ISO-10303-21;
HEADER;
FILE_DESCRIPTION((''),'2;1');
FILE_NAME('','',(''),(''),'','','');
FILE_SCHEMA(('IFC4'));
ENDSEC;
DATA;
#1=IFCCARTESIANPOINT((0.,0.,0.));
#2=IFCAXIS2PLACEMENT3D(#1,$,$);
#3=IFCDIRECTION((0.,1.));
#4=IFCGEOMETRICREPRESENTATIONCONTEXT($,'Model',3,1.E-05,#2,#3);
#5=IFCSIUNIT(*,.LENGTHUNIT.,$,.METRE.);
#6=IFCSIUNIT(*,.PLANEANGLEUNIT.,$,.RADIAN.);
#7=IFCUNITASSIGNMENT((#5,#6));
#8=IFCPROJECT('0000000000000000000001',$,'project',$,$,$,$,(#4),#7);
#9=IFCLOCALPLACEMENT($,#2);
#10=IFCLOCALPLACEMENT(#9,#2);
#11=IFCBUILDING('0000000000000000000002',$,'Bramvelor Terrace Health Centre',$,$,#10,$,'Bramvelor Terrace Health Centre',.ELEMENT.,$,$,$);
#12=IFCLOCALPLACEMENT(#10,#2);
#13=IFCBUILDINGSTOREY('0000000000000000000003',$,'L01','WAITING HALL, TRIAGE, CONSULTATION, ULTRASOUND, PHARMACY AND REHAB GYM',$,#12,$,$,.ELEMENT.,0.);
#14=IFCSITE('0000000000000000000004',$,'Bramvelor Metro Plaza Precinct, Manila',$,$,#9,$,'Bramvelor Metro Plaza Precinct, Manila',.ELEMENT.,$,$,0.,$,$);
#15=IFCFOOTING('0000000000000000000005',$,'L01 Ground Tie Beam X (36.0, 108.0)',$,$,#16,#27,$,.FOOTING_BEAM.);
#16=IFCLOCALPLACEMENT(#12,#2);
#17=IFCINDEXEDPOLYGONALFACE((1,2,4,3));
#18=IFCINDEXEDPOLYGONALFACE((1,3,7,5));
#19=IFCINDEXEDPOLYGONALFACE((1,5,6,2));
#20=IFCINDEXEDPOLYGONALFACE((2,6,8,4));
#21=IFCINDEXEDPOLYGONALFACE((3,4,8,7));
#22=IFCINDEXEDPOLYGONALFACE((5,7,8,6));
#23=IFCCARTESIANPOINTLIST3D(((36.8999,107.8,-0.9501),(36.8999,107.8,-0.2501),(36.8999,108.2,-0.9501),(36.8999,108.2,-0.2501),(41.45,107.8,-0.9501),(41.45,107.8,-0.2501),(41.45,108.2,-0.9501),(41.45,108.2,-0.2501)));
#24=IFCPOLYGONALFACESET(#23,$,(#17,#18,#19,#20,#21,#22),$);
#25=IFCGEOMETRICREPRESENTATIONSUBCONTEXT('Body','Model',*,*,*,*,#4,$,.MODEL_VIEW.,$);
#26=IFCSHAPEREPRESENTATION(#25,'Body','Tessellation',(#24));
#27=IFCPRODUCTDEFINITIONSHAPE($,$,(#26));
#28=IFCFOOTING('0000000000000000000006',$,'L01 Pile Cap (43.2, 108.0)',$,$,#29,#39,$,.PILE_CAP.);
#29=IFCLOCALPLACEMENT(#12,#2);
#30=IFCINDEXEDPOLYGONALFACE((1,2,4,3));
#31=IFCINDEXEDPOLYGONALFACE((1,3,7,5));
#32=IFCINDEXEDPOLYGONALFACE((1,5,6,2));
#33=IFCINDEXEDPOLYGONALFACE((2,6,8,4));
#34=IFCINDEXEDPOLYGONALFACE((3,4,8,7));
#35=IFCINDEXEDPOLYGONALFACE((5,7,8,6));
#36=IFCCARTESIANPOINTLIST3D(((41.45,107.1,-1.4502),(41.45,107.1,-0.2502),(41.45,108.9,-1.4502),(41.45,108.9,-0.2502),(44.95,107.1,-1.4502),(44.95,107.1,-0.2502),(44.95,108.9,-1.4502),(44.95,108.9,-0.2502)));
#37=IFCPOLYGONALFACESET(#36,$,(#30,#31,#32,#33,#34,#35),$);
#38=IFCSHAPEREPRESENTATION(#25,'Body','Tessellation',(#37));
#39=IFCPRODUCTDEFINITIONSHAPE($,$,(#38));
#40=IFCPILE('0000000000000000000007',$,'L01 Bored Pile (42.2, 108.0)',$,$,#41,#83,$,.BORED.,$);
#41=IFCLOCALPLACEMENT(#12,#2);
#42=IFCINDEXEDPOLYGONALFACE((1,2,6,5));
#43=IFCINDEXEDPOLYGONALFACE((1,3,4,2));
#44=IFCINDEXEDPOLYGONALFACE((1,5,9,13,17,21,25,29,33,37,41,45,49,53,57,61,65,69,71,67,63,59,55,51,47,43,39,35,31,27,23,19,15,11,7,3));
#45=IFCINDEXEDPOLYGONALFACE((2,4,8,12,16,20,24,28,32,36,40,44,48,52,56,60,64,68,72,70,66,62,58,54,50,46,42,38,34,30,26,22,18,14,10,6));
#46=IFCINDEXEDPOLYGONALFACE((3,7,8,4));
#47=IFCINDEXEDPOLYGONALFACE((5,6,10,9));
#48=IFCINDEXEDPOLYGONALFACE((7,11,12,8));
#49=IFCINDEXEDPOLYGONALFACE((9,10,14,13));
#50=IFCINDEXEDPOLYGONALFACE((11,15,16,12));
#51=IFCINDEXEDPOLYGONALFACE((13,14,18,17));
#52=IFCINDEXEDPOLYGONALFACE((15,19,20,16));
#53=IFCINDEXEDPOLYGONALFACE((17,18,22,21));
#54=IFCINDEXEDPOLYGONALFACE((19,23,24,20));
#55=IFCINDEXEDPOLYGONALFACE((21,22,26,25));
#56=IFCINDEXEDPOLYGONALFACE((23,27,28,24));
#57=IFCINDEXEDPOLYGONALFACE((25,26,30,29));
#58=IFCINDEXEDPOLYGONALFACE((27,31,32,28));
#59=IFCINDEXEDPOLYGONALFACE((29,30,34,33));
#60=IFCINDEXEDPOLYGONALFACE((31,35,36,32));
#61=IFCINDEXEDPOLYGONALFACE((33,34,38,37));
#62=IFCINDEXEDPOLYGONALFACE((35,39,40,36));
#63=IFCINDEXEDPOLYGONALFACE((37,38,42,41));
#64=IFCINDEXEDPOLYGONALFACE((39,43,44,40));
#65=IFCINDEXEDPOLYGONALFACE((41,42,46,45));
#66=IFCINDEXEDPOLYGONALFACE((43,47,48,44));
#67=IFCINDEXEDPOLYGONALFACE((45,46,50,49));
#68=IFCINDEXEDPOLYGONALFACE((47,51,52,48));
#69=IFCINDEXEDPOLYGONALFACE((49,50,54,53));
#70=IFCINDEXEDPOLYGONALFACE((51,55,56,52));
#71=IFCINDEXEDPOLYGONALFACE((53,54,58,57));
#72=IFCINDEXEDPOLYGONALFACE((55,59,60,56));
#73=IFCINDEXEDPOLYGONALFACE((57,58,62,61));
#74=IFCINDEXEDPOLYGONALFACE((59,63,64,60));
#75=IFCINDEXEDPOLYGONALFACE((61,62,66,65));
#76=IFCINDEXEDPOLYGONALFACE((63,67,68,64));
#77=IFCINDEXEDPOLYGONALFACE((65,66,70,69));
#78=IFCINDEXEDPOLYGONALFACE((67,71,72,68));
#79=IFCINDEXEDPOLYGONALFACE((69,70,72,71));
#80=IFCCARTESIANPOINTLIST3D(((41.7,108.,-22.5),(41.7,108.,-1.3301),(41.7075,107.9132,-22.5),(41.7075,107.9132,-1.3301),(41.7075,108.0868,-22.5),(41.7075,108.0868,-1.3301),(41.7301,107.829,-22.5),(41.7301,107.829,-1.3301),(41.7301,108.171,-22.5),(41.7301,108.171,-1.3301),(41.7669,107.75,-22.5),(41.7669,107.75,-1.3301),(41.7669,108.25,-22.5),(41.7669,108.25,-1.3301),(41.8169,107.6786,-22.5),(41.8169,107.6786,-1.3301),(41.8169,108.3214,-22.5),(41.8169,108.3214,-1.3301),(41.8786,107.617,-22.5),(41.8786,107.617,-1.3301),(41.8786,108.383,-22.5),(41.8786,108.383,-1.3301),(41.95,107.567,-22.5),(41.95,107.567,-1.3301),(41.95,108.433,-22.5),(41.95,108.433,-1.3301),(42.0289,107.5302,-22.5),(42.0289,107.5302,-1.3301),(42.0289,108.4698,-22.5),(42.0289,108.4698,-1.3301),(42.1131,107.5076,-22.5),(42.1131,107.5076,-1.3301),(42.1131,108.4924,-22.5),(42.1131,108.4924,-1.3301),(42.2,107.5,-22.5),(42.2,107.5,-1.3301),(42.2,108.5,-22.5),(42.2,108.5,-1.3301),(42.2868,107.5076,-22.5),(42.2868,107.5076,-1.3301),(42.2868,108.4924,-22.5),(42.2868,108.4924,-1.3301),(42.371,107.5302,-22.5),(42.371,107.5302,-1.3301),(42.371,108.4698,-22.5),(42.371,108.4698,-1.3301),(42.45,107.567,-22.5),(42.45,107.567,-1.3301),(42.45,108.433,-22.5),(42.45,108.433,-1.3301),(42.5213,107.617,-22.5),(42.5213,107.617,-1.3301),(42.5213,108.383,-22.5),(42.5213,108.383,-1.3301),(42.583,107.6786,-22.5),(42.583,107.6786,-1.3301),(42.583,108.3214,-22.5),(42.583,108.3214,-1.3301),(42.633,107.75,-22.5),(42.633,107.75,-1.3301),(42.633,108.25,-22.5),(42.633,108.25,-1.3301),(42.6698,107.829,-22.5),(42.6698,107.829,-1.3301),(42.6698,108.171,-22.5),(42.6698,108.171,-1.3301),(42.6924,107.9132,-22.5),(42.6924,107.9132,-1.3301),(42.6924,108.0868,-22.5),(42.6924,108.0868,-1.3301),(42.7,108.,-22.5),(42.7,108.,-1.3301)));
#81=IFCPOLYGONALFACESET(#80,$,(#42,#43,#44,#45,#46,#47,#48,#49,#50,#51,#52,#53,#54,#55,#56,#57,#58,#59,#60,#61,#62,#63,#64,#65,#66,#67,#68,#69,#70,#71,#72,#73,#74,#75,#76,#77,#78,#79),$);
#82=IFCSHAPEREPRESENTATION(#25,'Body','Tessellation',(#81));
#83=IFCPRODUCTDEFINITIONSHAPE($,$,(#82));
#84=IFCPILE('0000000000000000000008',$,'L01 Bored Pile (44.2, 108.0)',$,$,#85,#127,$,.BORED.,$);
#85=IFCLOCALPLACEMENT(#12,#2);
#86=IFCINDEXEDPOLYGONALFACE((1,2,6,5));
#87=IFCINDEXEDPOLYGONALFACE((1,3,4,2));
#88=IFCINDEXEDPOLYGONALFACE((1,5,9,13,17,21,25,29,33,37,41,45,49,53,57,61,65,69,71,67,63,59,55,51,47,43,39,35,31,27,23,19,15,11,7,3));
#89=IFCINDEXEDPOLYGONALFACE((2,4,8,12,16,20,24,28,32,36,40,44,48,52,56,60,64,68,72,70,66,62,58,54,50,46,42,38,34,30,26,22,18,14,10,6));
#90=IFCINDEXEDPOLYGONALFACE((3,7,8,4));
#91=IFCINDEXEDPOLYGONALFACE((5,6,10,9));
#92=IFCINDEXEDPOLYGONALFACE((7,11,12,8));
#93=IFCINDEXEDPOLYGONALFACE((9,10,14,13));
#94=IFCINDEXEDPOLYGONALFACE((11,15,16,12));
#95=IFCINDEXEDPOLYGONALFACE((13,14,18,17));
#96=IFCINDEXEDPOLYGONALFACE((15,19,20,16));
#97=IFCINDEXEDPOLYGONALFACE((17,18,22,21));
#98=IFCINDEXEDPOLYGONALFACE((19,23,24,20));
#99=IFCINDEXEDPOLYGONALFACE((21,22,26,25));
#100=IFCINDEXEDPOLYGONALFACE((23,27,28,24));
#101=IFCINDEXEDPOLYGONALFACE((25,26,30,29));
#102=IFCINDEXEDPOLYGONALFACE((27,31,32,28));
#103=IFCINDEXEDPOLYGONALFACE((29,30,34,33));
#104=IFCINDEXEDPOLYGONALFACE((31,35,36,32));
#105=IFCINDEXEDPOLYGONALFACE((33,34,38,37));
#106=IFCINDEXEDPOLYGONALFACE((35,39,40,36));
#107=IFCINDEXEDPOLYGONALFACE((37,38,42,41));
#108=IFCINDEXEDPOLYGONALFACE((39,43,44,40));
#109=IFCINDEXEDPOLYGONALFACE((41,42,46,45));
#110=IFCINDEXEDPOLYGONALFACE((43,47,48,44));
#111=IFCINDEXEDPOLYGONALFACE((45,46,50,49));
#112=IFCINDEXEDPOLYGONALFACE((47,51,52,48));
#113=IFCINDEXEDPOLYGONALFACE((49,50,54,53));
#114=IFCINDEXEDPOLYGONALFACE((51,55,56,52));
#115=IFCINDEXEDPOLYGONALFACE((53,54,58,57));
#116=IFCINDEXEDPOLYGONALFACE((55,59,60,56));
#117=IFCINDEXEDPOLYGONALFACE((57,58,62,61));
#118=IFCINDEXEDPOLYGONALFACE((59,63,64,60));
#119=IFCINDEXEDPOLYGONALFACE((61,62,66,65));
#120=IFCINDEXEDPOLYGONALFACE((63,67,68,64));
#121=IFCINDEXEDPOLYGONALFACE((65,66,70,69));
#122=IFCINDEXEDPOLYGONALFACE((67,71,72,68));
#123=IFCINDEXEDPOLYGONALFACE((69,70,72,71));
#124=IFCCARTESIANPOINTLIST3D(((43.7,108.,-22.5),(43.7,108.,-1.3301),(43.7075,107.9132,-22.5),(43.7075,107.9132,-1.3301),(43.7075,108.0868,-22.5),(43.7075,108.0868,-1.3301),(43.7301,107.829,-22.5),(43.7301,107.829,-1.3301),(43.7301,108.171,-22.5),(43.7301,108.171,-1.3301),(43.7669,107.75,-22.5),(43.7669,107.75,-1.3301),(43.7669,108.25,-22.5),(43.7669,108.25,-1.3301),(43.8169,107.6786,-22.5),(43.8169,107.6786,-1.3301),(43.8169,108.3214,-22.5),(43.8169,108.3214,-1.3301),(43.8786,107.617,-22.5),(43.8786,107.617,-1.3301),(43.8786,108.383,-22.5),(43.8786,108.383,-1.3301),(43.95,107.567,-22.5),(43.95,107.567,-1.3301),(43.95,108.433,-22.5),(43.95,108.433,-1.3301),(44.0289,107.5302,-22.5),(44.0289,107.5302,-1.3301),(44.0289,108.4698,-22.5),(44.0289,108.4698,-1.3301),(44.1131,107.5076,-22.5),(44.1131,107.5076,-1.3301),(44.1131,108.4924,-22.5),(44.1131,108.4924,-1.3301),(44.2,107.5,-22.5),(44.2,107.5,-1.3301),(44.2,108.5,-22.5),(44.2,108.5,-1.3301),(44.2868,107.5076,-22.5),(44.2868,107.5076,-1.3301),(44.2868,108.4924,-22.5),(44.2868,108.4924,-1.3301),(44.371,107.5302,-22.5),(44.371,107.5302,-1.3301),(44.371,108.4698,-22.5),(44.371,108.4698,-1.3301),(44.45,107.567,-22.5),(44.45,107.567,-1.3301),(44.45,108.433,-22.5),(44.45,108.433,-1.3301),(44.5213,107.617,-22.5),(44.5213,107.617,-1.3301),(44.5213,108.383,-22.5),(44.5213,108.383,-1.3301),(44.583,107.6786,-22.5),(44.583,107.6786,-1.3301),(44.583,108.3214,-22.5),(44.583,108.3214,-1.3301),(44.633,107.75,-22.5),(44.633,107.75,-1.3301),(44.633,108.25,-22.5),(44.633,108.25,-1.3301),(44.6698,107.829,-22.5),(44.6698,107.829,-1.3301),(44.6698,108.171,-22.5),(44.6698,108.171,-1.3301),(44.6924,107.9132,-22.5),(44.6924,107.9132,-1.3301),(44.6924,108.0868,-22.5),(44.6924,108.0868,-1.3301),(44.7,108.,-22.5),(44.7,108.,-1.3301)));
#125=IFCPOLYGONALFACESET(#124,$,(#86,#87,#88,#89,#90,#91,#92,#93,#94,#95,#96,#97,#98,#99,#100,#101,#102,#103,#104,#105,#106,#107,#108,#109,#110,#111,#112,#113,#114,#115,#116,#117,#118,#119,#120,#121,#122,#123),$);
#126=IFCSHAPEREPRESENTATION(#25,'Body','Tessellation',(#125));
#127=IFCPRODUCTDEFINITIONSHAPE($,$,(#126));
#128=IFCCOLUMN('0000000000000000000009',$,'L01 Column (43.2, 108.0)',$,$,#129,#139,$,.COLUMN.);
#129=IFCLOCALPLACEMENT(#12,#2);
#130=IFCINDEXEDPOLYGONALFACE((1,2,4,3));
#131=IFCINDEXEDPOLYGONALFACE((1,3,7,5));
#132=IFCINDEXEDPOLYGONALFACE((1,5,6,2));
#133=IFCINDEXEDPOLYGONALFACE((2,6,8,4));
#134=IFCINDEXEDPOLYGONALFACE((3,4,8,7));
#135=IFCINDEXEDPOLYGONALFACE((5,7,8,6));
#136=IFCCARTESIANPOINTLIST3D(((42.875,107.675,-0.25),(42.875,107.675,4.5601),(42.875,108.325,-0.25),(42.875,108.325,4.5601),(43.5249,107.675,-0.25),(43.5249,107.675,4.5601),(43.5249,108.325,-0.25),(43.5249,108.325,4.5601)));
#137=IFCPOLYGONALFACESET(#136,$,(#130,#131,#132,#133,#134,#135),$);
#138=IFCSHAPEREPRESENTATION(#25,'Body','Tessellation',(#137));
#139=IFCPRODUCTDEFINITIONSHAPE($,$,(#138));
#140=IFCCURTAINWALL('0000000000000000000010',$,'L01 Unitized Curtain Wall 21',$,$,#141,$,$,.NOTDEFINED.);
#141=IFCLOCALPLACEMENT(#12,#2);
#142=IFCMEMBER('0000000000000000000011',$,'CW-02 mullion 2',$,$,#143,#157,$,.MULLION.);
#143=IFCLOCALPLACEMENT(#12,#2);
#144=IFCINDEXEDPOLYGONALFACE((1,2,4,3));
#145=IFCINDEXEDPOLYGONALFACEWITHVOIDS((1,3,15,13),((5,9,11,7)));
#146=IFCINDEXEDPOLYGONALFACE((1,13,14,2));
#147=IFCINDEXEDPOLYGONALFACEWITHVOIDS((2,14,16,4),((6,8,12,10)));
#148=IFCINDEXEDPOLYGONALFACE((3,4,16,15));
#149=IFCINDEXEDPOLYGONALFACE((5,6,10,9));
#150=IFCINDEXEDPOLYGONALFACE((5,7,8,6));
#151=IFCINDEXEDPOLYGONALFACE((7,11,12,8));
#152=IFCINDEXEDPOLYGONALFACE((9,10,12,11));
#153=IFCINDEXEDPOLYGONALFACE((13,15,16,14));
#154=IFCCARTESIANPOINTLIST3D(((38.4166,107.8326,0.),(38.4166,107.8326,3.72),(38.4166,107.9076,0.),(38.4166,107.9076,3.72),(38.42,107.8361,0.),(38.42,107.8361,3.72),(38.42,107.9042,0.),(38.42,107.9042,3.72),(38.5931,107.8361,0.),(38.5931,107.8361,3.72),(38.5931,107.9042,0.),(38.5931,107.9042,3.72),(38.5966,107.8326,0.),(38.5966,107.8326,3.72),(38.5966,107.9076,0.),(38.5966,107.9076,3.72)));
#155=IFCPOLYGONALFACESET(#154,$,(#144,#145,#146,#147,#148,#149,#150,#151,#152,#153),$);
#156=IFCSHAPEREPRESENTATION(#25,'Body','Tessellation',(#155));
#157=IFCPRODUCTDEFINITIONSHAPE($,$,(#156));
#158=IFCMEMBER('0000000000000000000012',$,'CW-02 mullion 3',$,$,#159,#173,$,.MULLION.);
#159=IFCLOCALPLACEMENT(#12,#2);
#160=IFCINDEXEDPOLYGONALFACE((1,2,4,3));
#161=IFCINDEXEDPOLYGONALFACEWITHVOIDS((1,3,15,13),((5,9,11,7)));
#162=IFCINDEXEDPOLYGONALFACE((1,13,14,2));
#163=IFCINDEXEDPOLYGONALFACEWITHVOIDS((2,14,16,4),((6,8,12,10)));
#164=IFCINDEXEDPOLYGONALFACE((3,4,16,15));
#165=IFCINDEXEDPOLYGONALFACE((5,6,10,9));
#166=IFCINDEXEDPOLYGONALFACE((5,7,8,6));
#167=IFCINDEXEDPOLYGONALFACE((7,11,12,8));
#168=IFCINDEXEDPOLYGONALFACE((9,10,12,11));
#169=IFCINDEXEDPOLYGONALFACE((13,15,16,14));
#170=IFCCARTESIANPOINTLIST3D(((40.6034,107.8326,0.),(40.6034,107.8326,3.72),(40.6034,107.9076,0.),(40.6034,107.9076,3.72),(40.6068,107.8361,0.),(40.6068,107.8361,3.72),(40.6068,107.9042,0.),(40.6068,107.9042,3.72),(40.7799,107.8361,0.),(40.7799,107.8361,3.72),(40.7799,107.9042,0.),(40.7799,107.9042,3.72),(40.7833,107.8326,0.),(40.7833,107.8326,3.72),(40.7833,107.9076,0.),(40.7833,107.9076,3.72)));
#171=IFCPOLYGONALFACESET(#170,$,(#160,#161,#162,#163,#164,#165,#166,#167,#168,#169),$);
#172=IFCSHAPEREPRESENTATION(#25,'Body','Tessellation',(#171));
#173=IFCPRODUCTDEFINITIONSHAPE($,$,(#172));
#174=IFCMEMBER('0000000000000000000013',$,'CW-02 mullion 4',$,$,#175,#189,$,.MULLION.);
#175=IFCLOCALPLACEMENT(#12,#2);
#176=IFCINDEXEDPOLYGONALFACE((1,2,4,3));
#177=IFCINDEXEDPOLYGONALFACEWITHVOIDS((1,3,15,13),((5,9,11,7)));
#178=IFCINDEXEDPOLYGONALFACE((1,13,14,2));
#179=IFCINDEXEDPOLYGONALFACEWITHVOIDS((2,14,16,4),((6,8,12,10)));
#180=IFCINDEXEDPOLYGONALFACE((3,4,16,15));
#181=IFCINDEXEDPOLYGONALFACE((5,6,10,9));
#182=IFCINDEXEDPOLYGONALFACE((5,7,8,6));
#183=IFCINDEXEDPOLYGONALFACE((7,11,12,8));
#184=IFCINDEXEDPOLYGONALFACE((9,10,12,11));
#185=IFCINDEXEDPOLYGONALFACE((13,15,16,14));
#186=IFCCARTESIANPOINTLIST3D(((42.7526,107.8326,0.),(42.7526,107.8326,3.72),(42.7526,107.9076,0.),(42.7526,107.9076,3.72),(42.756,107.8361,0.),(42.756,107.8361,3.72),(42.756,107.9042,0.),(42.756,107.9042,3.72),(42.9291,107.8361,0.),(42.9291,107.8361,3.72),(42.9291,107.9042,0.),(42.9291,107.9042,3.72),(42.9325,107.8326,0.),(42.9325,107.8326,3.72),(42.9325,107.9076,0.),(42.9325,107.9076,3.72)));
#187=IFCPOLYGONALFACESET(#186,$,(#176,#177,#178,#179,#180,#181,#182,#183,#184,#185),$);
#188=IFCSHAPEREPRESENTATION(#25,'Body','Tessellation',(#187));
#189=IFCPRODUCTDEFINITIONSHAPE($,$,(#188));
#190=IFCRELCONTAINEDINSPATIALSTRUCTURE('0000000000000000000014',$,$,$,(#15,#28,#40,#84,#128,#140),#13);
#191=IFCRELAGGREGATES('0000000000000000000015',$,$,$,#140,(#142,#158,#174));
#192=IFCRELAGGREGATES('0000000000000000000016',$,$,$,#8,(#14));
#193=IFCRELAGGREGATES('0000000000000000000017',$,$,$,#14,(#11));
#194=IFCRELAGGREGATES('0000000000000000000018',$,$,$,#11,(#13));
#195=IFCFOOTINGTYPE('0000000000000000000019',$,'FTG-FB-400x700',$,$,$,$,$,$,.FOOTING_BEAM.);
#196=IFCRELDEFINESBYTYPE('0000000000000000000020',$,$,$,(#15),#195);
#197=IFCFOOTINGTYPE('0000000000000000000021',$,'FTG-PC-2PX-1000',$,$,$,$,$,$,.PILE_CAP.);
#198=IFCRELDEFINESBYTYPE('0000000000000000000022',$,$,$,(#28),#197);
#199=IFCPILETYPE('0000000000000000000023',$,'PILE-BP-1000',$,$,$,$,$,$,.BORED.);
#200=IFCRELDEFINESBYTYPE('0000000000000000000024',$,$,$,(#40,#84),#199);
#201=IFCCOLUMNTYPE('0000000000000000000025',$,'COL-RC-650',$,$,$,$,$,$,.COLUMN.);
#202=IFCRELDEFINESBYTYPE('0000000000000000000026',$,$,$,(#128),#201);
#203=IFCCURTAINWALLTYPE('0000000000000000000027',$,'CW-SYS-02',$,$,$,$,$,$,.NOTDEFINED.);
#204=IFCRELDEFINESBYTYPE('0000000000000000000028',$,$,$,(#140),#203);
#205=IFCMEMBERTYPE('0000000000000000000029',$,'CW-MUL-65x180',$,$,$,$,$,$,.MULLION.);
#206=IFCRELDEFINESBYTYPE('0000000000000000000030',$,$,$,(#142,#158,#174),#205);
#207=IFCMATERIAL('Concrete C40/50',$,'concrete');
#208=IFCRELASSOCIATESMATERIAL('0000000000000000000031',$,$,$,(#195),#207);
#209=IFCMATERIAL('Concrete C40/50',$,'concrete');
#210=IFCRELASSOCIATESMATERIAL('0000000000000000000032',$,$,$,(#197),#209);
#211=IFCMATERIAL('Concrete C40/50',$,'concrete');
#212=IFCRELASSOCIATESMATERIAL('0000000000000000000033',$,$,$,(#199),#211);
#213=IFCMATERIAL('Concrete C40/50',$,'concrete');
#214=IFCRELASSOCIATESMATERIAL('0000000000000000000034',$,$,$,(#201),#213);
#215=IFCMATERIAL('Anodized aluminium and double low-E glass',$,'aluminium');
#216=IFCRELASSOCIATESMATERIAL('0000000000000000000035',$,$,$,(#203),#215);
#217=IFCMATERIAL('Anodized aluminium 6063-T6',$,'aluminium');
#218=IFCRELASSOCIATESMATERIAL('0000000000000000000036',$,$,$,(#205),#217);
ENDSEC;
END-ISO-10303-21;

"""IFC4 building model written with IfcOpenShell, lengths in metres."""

from ifc_helpers import new_model, si_unit, direction, frame, origin, origin_2d, place, context, subcontext, project, spatial, rectangle, hollow_rectangle, circle, extrude, material, material_profile, profile_set, type_object, element, aggregate, save


model = new_model("IFC4")

# Units and contexts
model_context = context("Model", 3, precision=1e-05, world=origin(), true_north=direction((0.0, 1.0)))
body_context = subcontext(model_context, "Body", "Model", "MODEL_VIEW")
ifc_project = project(units=[si_unit("LENGTHUNIT", "METRE"), si_unit("PLANEANGLEUNIT", "RADIAN")], contexts=[model_context])

# Site, building, storey
site_placement = place(None, origin())
site = spatial("IfcSite", under=ifc_project, at=site_placement, Name="Bramvelor Metro Plaza Precinct, Manila", LongName="Bramvelor Metro Plaza Precinct, Manila", CompositionType="ELEMENT", RefElevation=0.0)
building_placement = place(site_placement, origin())
building = spatial("IfcBuilding", under=site, at=building_placement, Name="Bramvelor Terrace Health Centre", LongName="Bramvelor Terrace Health Centre", CompositionType="ELEMENT")
storey_placement = place(building_placement, origin())
storey = spatial("IfcBuildingStorey", under=building, at=storey_placement, Name="L01", Description="WAITING HALL, TRIAGE, CONSULTATION, ULTRASOUND, PHARMACY AND REHAB GYM", CompositionType="ELEMENT", Elevation=0.0)

# Footings
ifc_material_1 = material(Name="Concrete C40/50", Category="concrete")
ifc_material_profile_1 = material_profile(ifc_material_1, rectangle(XDim=0.3999, YDim=0.7, at=origin_2d()), Name="RC 400x700")
ifc_profile_set_1 = profile_set([ifc_material_profile_1], Name="Concrete C40/50")
footing_type_1 = type_object("IfcFootingType", Name="FTG-FB-400x700", PredefinedType="FOOTING_BEAM", material=ifc_profile_set_1)
footing_1_placement = place(storey_placement, frame((36.8999, 108.0, -0.6001), z_axis=(1.0, 0.0, 0.0), x_axis=(0.0, 1.0, 0.0)))
element("IfcFooting", 1, at=footing_1_placement, inside=storey, type_object=footing_type_1, Name="L01 Ground Tie Beam X (36.0, 108.0)", PredefinedType="FOOTING_BEAM", context=body_context, shape_type="SweptSolid", body=[
    extrude(rectangle(XDim=0.3999, YDim=0.7, at=origin_2d()), origin(), (0.0, 0.0, 1.0), 4.55),
])
ifc_material_2 = material(Name="Concrete C40/50", Category="concrete")
footing_type_2 = type_object("IfcFootingType", Name="FTG-PC-2PX-1000", PredefinedType="PILE_CAP", material=ifc_material_2)
footing_2_placement = place(storey_placement, frame((43.2, 108.0, -1.4502), z_axis=(0.0, 0.0, 1.0), x_axis=(1.0, 0.0, 0.0)))
element("IfcFooting", 2, at=footing_2_placement, inside=storey, type_object=footing_type_2, Name="L01 Pile Cap (43.2, 108.0)", PredefinedType="PILE_CAP", context=body_context, shape_type="SweptSolid", body=[
    extrude(rectangle(XDim=3.5, YDim=1.8, at=origin_2d()), origin(), (0.0, 0.0, 1.0), 1.2),
])

# Piles
ifc_material_3 = material(Name="Concrete C40/50", Category="concrete")
ifc_material_profile_2 = material_profile(ifc_material_3, circle(Radius=0.5, at=origin_2d()), Name="BP D1000")
ifc_profile_set_2 = profile_set([ifc_material_profile_2], Name="Concrete C40/50")
pile_type = type_object("IfcPileType", Name="PILE-BP-1000", PredefinedType="BORED", material=ifc_profile_set_2)
for number, where, z_axis, x_axis, name in (
    (3, (42.2, 108.0, -1.3301), (0.0, 0.0, -1.0), (1.0, 0.0, 0.0), "L01 Bored Pile (42.2, 108.0)"),
    (4, (44.2, 108.0, -1.3301), (0.0, 0.0, -1.0), (1.0, 0.0, 0.0), "L01 Bored Pile (44.2, 108.0)"),
):
    element("IfcPile", number, at=place(storey_placement, frame(where, z_axis=z_axis, x_axis=x_axis)), inside=storey, type_object=pile_type, Name=name, PredefinedType="BORED", context=body_context, shape_type="SweptSolid", body=[
        extrude(circle(Radius=0.5, at=origin_2d()), origin(), (0.0, 0.0, 1.0), 21.1699),
    ])

# Column
ifc_material_4 = material(Name="Concrete C40/50", Category="concrete")
ifc_material_profile_3 = material_profile(ifc_material_4, rectangle(XDim=0.6499, YDim=0.6499, at=origin_2d()), Name="RC 650x650")
ifc_profile_set_3 = profile_set([ifc_material_profile_3], Name="Concrete C40/50")
column_type = type_object("IfcColumnType", Name="COL-RC-650", PredefinedType="COLUMN", material=ifc_profile_set_3)
column_placement = place(storey_placement, frame((43.2, 108.0, -0.25), z_axis=(0.0, 0.0, 1.0), x_axis=(1.0, 0.0, 0.0)))
element("IfcColumn", 5, at=column_placement, inside=storey, type_object=column_type, Name="L01 Column (43.2, 108.0)", PredefinedType="COLUMN", context=body_context, shape_type="SweptSolid", body=[
    extrude(rectangle(XDim=0.6499, YDim=0.6499, at=origin_2d()), origin(), (0.0, 0.0, 1.0), 4.8101),
])

# Curtain wall, members
ifc_material_5 = material(Name="Anodized aluminium and double low-E glass", Category="aluminium")
curtain_wall_type = type_object("IfcCurtainWallType", Name="CW-SYS-02", PredefinedType="NOTDEFINED", material=ifc_material_5)
curtain_wall_placement = place(storey_placement, origin())
curtain_wall = element("IfcCurtainWall", 6, at=curtain_wall_placement, inside=storey, type_object=curtain_wall_type, Name="L01 Unitized Curtain Wall 21", PredefinedType="NOTDEFINED")
ifc_material_6 = material(Name="Anodized aluminium 6063-T6", Category="aluminium")
ifc_material_profile_4 = material_profile(ifc_material_6, hollow_rectangle(XDim=0.075, YDim=0.1799, WallThickness=0.0034, at=origin_2d()), Name="ALU-MUL 75x180x3.5")
ifc_profile_set_4 = profile_set([ifc_material_profile_4], Name="Anodized aluminium 6063-T6")
member_type_1 = type_object("IfcMemberType", Name="CW-MUL-65x180", PredefinedType="MULLION", material=ifc_profile_set_4)
member_1_placement = place(storey_placement, frame((38.5066, 107.8701, 0.0), z_axis=(0.0, 0.0, 1.0), x_axis=(0.0, 1.0, 0.0)))
member_1 = element("IfcMember", 7, at=member_1_placement, type_object=member_type_1, Name="CW-02 mullion 2", PredefinedType="MULLION", context=body_context, shape_type="SweptSolid", body=[
    extrude(hollow_rectangle(XDim=0.075, YDim=0.1799, WallThickness=0.0034, at=origin_2d()), origin(), (0.0, 0.0, 1.0), 3.72),
])
member_2_placement = place(storey_placement, frame((40.6934, 107.8701, 0.0), z_axis=(0.0, 0.0, 1.0), x_axis=(0.0, 1.0, 0.0)))
member_2 = element("IfcMember", 8, at=member_2_placement, type_object=member_type_1, Name="CW-02 mullion 3", PredefinedType="MULLION", context=body_context, shape_type="SweptSolid", body=[
    extrude(hollow_rectangle(XDim=0.075, YDim=0.1799, WallThickness=0.0034, at=origin_2d()), origin(), (0.0, 0.0, 1.0), 3.72),
])
member_3_placement = place(storey_placement, frame((42.8425, 107.8701, 0.0), z_axis=(0.0, 0.0, 1.0), x_axis=(0.0, 1.0, 0.0)))
member_3 = element("IfcMember", 9, at=member_3_placement, type_object=member_type_1, Name="CW-02 mullion 4", PredefinedType="MULLION", context=body_context, shape_type="SweptSolid", body=[
    extrude(hollow_rectangle(XDim=0.075, YDim=0.1799, WallThickness=0.0034, at=origin_2d()), origin(), (0.0, 0.0, 1.0), 3.72),
])
aggregate(curtain_wall, [member_1, member_2, member_3])

save(model, "model.ifc")
